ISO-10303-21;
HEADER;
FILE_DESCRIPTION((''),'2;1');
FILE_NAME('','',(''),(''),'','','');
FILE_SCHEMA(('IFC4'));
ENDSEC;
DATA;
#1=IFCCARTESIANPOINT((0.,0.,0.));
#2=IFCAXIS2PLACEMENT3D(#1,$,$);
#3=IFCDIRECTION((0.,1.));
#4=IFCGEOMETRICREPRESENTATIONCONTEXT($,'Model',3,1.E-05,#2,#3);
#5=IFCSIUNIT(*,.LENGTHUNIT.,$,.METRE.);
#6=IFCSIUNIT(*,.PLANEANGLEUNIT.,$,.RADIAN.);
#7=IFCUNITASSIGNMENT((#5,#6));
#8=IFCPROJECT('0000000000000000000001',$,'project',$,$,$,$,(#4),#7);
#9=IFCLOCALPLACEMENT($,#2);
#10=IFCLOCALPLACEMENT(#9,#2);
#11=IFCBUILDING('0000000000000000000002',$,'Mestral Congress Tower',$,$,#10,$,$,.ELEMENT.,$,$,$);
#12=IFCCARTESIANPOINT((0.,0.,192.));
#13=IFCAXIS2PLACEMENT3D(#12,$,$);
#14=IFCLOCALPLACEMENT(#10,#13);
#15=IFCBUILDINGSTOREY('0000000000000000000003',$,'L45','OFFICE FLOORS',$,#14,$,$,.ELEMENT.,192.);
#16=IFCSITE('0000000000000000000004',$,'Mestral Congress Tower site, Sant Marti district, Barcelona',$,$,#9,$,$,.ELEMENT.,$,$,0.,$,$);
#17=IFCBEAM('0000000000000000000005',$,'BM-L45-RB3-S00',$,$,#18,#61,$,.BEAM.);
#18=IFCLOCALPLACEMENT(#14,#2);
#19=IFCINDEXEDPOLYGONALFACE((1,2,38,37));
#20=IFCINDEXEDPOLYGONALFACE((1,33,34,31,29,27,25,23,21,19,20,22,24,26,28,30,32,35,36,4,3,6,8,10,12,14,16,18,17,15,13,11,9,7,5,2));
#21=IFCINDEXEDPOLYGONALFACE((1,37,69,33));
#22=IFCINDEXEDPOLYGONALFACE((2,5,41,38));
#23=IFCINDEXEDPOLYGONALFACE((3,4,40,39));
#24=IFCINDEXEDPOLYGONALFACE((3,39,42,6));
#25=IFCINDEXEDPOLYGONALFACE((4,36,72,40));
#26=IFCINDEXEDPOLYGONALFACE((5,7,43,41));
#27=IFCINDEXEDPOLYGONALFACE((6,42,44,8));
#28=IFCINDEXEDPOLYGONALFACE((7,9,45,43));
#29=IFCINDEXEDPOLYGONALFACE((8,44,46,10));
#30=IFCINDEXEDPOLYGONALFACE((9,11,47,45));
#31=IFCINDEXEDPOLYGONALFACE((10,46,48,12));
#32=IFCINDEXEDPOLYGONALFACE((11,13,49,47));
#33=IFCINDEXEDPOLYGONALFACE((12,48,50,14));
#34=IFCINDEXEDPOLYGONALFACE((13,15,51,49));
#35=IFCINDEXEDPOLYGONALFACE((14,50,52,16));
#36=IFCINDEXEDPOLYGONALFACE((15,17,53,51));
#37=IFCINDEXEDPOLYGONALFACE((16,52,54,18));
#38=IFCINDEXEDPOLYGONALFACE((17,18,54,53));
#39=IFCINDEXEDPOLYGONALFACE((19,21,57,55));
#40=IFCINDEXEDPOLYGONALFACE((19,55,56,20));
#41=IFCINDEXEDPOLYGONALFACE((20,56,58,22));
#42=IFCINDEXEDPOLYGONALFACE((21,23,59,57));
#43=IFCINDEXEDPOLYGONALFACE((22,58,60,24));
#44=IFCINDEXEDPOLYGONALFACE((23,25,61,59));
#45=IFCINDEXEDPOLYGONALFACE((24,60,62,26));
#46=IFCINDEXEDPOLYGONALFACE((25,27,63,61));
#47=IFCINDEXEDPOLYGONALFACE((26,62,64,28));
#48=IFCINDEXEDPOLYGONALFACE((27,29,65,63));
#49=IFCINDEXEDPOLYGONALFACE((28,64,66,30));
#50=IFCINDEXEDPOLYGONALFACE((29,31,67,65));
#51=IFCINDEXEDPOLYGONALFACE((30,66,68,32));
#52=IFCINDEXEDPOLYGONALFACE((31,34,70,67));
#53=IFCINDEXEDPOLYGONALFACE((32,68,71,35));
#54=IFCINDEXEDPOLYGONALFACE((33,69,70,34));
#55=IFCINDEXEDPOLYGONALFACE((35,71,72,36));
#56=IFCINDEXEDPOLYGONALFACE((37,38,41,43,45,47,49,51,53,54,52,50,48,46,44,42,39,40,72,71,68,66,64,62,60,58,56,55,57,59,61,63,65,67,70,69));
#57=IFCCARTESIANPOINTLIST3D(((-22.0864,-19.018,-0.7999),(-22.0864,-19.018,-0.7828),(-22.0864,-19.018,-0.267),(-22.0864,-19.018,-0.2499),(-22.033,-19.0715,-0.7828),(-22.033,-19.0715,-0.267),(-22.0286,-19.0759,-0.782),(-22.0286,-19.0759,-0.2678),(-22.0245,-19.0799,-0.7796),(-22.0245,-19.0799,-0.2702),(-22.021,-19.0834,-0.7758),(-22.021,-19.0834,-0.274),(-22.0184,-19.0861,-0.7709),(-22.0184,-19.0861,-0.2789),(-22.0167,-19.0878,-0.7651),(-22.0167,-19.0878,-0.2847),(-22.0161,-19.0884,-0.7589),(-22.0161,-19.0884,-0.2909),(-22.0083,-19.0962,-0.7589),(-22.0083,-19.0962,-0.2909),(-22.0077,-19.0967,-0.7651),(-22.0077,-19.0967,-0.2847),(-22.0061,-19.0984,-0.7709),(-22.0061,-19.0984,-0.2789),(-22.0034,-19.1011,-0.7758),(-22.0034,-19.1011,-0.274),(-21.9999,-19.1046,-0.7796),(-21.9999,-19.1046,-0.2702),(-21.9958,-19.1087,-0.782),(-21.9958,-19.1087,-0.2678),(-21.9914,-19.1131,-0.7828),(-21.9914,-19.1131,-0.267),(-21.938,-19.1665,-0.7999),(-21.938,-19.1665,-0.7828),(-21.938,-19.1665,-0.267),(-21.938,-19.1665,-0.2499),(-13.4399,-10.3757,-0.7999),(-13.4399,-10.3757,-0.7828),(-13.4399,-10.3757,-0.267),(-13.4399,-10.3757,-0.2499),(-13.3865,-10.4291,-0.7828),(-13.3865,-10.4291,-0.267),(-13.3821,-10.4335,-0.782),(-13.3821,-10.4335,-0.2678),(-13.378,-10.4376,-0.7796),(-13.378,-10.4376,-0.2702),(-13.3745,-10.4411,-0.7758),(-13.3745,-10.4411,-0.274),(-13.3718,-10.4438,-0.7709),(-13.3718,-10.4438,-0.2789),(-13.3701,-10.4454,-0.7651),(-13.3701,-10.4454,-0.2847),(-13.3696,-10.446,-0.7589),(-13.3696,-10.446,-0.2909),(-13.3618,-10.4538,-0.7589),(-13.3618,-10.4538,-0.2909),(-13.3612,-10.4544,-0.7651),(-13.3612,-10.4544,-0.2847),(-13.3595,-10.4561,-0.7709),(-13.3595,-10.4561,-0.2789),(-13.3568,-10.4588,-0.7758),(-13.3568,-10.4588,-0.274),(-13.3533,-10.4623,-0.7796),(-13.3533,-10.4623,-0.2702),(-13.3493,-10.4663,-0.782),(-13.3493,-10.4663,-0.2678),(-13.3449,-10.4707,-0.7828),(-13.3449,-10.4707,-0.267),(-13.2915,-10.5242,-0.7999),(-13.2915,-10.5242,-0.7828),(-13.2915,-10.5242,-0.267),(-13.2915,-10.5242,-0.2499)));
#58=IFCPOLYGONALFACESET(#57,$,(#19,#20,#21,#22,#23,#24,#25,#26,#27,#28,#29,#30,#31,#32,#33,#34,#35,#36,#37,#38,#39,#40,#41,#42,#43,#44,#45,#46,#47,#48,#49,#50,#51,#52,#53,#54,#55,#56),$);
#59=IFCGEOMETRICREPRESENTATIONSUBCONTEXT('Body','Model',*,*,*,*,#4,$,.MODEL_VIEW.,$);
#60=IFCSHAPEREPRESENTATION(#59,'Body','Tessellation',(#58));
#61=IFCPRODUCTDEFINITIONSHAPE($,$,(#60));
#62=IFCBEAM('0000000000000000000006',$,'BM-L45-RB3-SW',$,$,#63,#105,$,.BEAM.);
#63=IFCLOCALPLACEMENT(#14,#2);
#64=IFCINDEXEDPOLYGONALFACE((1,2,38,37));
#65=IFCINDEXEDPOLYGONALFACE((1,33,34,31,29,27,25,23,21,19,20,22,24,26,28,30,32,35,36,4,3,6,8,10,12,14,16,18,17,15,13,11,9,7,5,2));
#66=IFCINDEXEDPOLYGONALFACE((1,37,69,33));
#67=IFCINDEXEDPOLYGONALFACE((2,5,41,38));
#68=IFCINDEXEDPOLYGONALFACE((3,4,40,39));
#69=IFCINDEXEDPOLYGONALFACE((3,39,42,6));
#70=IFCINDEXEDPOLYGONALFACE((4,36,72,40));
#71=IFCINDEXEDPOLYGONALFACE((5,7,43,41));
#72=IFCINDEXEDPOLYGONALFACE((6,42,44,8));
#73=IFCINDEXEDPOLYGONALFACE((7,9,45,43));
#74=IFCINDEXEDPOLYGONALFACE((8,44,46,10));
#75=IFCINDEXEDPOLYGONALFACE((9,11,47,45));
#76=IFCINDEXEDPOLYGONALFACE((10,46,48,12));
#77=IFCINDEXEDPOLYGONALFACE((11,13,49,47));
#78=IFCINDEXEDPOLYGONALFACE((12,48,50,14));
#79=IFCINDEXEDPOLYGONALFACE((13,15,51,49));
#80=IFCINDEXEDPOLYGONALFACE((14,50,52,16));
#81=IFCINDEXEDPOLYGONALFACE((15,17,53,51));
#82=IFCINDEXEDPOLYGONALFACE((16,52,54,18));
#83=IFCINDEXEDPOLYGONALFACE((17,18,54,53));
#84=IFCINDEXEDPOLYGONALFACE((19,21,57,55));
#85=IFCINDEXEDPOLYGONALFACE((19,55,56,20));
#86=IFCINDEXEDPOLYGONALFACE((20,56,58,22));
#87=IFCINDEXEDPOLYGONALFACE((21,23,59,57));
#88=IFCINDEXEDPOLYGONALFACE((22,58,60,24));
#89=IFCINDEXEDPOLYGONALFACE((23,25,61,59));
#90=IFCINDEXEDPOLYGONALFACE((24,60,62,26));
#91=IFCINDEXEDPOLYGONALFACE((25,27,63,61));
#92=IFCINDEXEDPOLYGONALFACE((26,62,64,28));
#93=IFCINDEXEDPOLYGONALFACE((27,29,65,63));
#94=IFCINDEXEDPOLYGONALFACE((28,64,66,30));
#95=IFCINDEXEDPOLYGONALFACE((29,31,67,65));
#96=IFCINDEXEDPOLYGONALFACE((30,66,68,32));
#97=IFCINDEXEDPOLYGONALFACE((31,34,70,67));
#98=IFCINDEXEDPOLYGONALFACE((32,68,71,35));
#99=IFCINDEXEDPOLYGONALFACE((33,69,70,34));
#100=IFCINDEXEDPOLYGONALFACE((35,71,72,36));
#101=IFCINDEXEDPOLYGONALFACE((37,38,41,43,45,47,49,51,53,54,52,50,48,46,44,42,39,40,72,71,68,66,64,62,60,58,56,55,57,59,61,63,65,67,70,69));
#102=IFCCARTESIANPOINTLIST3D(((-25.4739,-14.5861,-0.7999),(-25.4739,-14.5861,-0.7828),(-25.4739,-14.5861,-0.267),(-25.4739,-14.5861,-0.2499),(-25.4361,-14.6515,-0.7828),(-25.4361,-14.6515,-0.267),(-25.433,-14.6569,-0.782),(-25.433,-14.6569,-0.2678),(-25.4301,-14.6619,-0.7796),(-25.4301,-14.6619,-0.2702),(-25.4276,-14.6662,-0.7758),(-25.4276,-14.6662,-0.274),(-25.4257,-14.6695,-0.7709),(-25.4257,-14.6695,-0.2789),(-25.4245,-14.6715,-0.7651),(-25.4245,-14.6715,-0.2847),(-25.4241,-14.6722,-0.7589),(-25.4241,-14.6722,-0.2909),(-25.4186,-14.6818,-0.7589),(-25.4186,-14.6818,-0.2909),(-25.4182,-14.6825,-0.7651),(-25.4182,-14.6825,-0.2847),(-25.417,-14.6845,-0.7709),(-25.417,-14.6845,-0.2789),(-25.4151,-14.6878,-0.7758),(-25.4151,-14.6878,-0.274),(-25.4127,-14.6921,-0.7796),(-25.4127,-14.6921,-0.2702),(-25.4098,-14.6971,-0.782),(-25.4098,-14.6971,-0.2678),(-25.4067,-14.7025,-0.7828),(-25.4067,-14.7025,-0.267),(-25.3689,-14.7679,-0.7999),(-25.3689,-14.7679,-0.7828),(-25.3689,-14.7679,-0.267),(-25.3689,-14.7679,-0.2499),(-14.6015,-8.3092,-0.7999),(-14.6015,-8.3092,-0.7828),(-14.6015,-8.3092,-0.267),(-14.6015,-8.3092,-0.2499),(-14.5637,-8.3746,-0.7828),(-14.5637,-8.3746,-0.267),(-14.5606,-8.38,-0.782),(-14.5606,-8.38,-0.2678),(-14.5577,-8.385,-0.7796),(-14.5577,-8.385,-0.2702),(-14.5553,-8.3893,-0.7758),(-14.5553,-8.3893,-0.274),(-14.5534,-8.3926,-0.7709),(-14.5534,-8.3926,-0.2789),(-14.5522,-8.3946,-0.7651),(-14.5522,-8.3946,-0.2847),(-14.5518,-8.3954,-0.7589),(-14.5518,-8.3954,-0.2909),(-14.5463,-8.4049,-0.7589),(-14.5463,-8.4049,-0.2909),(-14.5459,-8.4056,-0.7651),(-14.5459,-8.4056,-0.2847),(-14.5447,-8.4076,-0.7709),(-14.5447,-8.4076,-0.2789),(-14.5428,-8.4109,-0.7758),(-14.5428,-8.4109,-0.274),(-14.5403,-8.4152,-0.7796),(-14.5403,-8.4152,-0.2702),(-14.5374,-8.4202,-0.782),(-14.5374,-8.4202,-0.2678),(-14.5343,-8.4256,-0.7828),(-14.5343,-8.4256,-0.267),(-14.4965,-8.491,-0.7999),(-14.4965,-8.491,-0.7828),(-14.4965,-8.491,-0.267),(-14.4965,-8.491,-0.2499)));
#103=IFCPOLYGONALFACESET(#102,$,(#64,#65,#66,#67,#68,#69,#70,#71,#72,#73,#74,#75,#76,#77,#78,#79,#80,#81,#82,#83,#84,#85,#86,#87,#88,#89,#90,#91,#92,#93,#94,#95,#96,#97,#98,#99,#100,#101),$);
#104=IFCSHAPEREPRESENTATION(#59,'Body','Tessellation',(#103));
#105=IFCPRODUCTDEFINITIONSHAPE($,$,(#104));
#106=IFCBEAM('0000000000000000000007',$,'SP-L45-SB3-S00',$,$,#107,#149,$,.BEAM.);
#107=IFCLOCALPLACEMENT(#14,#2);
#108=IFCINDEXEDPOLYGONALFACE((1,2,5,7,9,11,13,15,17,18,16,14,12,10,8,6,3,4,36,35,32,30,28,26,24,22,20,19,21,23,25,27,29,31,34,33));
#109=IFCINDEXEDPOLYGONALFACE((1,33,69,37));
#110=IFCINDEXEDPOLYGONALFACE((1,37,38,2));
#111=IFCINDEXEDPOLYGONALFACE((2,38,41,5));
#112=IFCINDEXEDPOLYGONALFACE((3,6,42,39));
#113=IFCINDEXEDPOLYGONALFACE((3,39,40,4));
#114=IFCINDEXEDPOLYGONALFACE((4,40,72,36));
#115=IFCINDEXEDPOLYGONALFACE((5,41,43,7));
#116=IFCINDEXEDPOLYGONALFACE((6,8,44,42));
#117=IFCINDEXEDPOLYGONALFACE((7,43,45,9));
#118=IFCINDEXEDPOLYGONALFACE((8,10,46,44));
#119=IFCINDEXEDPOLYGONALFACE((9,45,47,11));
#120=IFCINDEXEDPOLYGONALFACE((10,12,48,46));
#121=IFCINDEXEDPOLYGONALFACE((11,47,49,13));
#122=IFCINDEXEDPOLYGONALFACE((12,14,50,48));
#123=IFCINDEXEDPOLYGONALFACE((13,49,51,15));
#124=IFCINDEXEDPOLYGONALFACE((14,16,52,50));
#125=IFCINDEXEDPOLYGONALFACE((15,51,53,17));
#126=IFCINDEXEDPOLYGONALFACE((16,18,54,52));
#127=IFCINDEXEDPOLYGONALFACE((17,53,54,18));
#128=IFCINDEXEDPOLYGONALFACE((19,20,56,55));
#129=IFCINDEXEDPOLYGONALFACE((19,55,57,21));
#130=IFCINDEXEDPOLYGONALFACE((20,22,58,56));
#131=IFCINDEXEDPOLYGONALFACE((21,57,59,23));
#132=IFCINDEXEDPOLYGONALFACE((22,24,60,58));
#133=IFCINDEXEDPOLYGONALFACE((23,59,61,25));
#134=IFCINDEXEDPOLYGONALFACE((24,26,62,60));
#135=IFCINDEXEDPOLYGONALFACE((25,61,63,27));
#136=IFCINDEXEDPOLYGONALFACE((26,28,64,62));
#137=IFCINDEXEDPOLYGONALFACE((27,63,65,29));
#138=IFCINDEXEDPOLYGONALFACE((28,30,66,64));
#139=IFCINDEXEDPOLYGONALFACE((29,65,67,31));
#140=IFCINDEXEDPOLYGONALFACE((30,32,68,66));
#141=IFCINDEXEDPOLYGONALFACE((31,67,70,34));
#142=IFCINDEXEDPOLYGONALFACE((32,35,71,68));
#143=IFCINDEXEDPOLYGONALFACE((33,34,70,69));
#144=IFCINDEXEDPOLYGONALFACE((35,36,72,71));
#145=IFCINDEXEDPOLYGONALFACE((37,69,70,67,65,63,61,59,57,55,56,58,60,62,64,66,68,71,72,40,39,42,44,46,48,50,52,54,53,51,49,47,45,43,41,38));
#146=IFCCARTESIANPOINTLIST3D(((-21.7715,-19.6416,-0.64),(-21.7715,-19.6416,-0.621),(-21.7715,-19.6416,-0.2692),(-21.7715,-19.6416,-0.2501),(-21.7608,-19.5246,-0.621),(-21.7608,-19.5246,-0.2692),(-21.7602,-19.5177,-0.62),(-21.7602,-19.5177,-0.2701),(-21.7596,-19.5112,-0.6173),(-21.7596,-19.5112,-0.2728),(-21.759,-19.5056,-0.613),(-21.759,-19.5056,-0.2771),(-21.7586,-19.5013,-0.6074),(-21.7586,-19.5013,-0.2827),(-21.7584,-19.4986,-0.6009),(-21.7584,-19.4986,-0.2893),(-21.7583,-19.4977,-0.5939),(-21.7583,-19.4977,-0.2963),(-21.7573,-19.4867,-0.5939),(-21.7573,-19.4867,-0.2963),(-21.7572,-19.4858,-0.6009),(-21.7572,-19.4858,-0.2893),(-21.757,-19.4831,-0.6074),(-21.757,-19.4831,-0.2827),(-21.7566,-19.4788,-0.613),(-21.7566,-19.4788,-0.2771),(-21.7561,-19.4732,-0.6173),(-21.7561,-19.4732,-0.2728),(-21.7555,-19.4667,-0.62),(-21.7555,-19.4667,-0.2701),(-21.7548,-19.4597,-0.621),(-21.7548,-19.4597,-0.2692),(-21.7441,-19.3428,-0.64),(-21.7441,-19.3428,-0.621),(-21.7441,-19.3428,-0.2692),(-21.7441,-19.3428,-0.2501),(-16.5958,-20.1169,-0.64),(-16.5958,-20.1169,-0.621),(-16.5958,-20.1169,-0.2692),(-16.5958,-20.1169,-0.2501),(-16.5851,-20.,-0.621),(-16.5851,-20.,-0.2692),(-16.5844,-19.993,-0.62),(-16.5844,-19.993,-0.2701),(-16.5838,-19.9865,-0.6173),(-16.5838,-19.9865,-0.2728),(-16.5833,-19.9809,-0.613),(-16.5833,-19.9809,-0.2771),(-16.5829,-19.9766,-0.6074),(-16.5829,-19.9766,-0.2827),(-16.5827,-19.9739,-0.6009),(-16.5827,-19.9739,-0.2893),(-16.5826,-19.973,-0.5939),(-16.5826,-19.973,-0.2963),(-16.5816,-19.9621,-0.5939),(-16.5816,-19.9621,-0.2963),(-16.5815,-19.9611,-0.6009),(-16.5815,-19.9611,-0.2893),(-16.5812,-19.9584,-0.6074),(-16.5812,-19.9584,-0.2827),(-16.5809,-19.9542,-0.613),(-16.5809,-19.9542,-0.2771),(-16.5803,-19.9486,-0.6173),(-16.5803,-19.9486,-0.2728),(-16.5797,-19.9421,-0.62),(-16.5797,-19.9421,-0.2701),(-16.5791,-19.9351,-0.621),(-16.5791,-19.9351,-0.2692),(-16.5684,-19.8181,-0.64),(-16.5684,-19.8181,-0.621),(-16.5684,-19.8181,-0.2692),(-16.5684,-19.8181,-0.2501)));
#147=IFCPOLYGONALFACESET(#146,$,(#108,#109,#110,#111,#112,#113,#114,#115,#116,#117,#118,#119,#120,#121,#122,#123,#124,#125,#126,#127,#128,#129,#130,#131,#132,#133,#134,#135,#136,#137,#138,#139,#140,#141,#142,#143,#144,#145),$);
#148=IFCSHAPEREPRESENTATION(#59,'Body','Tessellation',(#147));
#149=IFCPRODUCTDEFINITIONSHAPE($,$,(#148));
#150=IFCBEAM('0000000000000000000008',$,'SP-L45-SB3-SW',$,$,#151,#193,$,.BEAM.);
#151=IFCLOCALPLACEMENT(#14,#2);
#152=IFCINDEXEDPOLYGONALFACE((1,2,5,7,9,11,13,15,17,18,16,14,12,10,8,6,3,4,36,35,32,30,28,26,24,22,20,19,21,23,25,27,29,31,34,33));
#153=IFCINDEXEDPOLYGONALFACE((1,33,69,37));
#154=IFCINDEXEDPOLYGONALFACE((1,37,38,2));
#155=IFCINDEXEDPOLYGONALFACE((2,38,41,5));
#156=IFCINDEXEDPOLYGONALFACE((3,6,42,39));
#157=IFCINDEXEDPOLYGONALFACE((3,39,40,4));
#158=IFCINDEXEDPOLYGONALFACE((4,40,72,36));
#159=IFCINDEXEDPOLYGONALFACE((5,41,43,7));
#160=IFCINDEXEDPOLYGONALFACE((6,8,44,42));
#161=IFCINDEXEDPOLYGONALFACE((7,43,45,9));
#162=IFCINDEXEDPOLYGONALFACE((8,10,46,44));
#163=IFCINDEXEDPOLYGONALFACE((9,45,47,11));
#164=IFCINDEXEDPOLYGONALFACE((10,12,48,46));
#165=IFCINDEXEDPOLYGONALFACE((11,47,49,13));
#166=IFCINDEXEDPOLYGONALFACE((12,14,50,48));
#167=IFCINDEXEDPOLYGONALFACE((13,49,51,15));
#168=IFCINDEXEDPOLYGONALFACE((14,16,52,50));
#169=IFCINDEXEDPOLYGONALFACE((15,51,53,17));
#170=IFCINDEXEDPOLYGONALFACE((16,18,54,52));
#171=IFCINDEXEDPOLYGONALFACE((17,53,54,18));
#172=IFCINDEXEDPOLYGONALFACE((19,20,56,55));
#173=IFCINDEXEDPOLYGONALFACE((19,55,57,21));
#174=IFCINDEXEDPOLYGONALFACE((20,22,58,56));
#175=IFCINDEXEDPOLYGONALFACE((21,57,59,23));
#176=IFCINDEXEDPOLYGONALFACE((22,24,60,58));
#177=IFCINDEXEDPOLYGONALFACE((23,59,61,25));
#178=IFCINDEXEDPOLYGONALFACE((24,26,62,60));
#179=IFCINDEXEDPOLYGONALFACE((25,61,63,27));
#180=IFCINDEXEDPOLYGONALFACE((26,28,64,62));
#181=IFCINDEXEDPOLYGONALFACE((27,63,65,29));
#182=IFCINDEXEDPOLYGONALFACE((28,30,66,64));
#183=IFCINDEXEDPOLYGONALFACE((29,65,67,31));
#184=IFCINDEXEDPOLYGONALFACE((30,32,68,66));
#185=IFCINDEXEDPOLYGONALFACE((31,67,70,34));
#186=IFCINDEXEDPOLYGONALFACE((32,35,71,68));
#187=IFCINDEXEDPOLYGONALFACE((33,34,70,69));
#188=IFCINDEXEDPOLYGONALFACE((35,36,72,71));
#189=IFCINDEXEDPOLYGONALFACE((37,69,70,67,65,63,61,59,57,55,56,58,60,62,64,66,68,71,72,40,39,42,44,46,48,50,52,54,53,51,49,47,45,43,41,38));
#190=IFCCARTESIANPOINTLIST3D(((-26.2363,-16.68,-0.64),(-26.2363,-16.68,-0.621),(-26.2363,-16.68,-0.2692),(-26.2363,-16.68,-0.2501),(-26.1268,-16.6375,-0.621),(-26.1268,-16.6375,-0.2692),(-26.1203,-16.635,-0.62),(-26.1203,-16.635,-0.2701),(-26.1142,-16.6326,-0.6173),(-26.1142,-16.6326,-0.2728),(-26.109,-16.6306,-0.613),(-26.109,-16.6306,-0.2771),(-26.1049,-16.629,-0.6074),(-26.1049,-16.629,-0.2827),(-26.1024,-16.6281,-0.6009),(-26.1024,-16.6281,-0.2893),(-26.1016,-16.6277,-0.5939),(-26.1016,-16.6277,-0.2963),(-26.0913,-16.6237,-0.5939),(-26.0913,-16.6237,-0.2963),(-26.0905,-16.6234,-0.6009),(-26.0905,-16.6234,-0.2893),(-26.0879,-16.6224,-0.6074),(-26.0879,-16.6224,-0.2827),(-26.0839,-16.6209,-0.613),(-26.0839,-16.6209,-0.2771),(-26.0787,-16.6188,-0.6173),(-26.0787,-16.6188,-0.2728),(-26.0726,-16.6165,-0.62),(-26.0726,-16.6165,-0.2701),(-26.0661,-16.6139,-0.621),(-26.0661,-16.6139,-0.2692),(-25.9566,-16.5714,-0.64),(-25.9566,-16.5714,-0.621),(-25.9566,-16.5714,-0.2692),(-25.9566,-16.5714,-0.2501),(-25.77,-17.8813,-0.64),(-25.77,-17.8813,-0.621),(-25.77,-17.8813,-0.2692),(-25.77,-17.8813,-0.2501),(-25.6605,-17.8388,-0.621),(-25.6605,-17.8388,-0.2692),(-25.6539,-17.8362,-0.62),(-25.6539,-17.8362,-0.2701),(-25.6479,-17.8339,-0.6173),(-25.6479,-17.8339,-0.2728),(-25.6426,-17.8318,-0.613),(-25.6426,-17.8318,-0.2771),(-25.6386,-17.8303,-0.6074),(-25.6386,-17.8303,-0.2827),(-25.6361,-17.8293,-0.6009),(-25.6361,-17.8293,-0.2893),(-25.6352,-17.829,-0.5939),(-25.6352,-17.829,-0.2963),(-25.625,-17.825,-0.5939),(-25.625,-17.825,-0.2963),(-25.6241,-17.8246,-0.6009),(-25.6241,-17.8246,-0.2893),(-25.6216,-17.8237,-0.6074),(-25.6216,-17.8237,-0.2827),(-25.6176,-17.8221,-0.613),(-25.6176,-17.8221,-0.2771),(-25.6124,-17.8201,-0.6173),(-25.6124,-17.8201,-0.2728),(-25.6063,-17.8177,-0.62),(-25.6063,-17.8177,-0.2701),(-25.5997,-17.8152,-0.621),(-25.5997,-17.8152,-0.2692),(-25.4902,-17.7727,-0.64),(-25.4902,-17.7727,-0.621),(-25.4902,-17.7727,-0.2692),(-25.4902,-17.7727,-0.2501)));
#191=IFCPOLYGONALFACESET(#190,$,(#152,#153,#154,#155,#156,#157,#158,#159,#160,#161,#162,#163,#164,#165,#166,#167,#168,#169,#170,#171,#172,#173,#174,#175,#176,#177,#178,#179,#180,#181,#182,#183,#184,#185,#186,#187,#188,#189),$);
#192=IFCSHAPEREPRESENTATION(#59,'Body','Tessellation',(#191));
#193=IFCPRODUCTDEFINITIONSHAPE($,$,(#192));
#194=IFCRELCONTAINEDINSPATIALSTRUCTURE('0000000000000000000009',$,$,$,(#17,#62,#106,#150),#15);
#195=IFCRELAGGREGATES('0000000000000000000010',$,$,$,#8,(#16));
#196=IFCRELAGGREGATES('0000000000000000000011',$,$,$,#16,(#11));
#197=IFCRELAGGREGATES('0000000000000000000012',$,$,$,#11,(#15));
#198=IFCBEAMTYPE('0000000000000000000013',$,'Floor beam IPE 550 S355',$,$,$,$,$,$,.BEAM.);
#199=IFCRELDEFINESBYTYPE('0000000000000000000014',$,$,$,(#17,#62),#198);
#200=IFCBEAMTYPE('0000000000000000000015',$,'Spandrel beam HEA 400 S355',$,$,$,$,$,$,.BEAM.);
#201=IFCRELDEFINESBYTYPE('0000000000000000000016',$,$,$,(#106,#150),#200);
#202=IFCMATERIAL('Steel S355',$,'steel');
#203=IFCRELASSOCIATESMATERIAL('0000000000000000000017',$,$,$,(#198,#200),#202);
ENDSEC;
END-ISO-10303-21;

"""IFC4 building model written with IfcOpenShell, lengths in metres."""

from ifc_helpers import new_model, si_unit, direction, frame, origin, origin_2d, place, context, subcontext, project, spatial, i_section, extrude, material, material_profile, profile_set, type_object, element, save


model = new_model("IFC4")

# Units and contexts
model_context = context("Model", 3, precision=1e-05, world=origin(), true_north=direction((0.0, 1.0)))
body_context = subcontext(model_context, "Body", "Model", "MODEL_VIEW")
ifc_project = project(units=[si_unit("LENGTHUNIT", "METRE"), si_unit("PLANEANGLEUNIT", "RADIAN")], contexts=[model_context])

# Site, building, storey
site_placement = place(None, origin())
site = spatial("IfcSite", under=ifc_project, at=site_placement, Name="Mestral Congress Tower site, Sant Marti district, Barcelona", CompositionType="ELEMENT", RefElevation=0.0)
building_placement = place(site_placement, origin())
building = spatial("IfcBuilding", under=site, at=building_placement, Name="Mestral Congress Tower", CompositionType="ELEMENT")
storey_placement = place(building_placement, frame((0.0, 0.0, 192.0)))
storey = spatial("IfcBuildingStorey", under=building, at=storey_placement, Name="L45", Description="OFFICE FLOORS", CompositionType="ELEMENT", Elevation=192.0)

# Beams
ifc_material_1 = material(Name="Steel S355", Category="steel")
ifc_material_profile_1 = material_profile(ifc_material_1, i_section(OverallWidth=0.21, OverallDepth=0.55, WebThickness=0.011, FlangeThickness=0.0171, FilletRadius=0.0239, at=origin_2d()), Name="IPE 550")
ifc_profile_set_1 = profile_set([ifc_material_profile_1], Name="Steel S355")
beam_type_1 = type_object("IfcBeamType", Name="Floor beam IPE 550 S355", PredefinedType="BEAM", material=ifc_profile_set_1)
beam_1_placement = place(storey_placement, frame((-22.0122, -19.0923, -0.5249), z_axis=(0.707277, 0.706937, 0.0), x_axis=(-0.706937, 0.707277, 0.0)))
element("IfcBeam", 1, at=beam_1_placement, inside=storey, type_object=beam_type_1, Name="BM-L45-RB3-S00", PredefinedType="BEAM", context=body_context, shape_type="SweptSolid", body=[
    extrude(i_section(OverallWidth=0.21, OverallDepth=0.55, WebThickness=0.011, FlangeThickness=0.0171, FilletRadius=0.0239, at=origin_2d()), origin(), (0.0, 0.0, 1.0), 12.2251),
])
beam_2_placement = place(storey_placement, frame((-25.4214, -14.677, -0.5249), z_axis=(0.866035, 0.499983, 0.0), x_axis=(-0.499983, 0.866035, 0.0)))
element("IfcBeam", 2, at=beam_2_placement, inside=storey, type_object=beam_type_1, Name="BM-L45-RB3-SW", PredefinedType="BEAM", context=body_context, shape_type="SweptSolid", body=[
    extrude(i_section(OverallWidth=0.21, OverallDepth=0.55, WebThickness=0.011, FlangeThickness=0.0171, FilletRadius=0.0239, at=origin_2d()), origin(), (0.0, 0.0, 1.0), 12.5542),
])
ifc_material_profile_2 = material_profile(ifc_material_1, i_section(OverallWidth=0.3, OverallDepth=0.3899, WebThickness=0.011, FlangeThickness=0.019, FilletRadius=0.0271, at=origin_2d()), Name="HEA 400")
ifc_profile_set_2 = profile_set([ifc_material_profile_2], Name="Steel S355")
beam_type_2 = type_object("IfcBeamType", Name="Spandrel beam HEA 400 S355", PredefinedType="BEAM", material=ifc_profile_set_2)
beam_3_placement = place(storey_placement, frame((-21.7578, -19.4922, -0.4451), z_axis=(0.995809, -0.091455, 0.0), x_axis=(0.091455, 0.995809, 0.0)))
element("IfcBeam", 3, at=beam_3_placement, inside=storey, type_object=beam_type_2, Name="SP-L45-SB3-S00", PredefinedType="BEAM", context=body_context, shape_type="SweptSolid", body=[
    extrude(i_section(OverallWidth=0.3, OverallDepth=0.3899, WebThickness=0.011, FlangeThickness=0.019, FilletRadius=0.0271, at=origin_2d()), origin(), (0.0, 0.0, 1.0), 5.1975),
])
beam_4_placement = place(storey_placement, frame((-26.0964, -16.6257, -0.4451), z_axis=(0.361898, -0.932218, 0.0), x_axis=(0.932218, 0.361898, 0.0)))
element("IfcBeam", 4, at=beam_4_placement, inside=storey, type_object=beam_type_2, Name="SP-L45-SB3-SW", PredefinedType="BEAM", context=body_context, shape_type="SweptSolid", body=[
    extrude(i_section(OverallWidth=0.3, OverallDepth=0.3899, WebThickness=0.011, FlangeThickness=0.019, FilletRadius=0.0271, at=origin_2d()), origin(), (0.0, 0.0, 1.0), 1.2886),
])

save(model, "model.ifc")
